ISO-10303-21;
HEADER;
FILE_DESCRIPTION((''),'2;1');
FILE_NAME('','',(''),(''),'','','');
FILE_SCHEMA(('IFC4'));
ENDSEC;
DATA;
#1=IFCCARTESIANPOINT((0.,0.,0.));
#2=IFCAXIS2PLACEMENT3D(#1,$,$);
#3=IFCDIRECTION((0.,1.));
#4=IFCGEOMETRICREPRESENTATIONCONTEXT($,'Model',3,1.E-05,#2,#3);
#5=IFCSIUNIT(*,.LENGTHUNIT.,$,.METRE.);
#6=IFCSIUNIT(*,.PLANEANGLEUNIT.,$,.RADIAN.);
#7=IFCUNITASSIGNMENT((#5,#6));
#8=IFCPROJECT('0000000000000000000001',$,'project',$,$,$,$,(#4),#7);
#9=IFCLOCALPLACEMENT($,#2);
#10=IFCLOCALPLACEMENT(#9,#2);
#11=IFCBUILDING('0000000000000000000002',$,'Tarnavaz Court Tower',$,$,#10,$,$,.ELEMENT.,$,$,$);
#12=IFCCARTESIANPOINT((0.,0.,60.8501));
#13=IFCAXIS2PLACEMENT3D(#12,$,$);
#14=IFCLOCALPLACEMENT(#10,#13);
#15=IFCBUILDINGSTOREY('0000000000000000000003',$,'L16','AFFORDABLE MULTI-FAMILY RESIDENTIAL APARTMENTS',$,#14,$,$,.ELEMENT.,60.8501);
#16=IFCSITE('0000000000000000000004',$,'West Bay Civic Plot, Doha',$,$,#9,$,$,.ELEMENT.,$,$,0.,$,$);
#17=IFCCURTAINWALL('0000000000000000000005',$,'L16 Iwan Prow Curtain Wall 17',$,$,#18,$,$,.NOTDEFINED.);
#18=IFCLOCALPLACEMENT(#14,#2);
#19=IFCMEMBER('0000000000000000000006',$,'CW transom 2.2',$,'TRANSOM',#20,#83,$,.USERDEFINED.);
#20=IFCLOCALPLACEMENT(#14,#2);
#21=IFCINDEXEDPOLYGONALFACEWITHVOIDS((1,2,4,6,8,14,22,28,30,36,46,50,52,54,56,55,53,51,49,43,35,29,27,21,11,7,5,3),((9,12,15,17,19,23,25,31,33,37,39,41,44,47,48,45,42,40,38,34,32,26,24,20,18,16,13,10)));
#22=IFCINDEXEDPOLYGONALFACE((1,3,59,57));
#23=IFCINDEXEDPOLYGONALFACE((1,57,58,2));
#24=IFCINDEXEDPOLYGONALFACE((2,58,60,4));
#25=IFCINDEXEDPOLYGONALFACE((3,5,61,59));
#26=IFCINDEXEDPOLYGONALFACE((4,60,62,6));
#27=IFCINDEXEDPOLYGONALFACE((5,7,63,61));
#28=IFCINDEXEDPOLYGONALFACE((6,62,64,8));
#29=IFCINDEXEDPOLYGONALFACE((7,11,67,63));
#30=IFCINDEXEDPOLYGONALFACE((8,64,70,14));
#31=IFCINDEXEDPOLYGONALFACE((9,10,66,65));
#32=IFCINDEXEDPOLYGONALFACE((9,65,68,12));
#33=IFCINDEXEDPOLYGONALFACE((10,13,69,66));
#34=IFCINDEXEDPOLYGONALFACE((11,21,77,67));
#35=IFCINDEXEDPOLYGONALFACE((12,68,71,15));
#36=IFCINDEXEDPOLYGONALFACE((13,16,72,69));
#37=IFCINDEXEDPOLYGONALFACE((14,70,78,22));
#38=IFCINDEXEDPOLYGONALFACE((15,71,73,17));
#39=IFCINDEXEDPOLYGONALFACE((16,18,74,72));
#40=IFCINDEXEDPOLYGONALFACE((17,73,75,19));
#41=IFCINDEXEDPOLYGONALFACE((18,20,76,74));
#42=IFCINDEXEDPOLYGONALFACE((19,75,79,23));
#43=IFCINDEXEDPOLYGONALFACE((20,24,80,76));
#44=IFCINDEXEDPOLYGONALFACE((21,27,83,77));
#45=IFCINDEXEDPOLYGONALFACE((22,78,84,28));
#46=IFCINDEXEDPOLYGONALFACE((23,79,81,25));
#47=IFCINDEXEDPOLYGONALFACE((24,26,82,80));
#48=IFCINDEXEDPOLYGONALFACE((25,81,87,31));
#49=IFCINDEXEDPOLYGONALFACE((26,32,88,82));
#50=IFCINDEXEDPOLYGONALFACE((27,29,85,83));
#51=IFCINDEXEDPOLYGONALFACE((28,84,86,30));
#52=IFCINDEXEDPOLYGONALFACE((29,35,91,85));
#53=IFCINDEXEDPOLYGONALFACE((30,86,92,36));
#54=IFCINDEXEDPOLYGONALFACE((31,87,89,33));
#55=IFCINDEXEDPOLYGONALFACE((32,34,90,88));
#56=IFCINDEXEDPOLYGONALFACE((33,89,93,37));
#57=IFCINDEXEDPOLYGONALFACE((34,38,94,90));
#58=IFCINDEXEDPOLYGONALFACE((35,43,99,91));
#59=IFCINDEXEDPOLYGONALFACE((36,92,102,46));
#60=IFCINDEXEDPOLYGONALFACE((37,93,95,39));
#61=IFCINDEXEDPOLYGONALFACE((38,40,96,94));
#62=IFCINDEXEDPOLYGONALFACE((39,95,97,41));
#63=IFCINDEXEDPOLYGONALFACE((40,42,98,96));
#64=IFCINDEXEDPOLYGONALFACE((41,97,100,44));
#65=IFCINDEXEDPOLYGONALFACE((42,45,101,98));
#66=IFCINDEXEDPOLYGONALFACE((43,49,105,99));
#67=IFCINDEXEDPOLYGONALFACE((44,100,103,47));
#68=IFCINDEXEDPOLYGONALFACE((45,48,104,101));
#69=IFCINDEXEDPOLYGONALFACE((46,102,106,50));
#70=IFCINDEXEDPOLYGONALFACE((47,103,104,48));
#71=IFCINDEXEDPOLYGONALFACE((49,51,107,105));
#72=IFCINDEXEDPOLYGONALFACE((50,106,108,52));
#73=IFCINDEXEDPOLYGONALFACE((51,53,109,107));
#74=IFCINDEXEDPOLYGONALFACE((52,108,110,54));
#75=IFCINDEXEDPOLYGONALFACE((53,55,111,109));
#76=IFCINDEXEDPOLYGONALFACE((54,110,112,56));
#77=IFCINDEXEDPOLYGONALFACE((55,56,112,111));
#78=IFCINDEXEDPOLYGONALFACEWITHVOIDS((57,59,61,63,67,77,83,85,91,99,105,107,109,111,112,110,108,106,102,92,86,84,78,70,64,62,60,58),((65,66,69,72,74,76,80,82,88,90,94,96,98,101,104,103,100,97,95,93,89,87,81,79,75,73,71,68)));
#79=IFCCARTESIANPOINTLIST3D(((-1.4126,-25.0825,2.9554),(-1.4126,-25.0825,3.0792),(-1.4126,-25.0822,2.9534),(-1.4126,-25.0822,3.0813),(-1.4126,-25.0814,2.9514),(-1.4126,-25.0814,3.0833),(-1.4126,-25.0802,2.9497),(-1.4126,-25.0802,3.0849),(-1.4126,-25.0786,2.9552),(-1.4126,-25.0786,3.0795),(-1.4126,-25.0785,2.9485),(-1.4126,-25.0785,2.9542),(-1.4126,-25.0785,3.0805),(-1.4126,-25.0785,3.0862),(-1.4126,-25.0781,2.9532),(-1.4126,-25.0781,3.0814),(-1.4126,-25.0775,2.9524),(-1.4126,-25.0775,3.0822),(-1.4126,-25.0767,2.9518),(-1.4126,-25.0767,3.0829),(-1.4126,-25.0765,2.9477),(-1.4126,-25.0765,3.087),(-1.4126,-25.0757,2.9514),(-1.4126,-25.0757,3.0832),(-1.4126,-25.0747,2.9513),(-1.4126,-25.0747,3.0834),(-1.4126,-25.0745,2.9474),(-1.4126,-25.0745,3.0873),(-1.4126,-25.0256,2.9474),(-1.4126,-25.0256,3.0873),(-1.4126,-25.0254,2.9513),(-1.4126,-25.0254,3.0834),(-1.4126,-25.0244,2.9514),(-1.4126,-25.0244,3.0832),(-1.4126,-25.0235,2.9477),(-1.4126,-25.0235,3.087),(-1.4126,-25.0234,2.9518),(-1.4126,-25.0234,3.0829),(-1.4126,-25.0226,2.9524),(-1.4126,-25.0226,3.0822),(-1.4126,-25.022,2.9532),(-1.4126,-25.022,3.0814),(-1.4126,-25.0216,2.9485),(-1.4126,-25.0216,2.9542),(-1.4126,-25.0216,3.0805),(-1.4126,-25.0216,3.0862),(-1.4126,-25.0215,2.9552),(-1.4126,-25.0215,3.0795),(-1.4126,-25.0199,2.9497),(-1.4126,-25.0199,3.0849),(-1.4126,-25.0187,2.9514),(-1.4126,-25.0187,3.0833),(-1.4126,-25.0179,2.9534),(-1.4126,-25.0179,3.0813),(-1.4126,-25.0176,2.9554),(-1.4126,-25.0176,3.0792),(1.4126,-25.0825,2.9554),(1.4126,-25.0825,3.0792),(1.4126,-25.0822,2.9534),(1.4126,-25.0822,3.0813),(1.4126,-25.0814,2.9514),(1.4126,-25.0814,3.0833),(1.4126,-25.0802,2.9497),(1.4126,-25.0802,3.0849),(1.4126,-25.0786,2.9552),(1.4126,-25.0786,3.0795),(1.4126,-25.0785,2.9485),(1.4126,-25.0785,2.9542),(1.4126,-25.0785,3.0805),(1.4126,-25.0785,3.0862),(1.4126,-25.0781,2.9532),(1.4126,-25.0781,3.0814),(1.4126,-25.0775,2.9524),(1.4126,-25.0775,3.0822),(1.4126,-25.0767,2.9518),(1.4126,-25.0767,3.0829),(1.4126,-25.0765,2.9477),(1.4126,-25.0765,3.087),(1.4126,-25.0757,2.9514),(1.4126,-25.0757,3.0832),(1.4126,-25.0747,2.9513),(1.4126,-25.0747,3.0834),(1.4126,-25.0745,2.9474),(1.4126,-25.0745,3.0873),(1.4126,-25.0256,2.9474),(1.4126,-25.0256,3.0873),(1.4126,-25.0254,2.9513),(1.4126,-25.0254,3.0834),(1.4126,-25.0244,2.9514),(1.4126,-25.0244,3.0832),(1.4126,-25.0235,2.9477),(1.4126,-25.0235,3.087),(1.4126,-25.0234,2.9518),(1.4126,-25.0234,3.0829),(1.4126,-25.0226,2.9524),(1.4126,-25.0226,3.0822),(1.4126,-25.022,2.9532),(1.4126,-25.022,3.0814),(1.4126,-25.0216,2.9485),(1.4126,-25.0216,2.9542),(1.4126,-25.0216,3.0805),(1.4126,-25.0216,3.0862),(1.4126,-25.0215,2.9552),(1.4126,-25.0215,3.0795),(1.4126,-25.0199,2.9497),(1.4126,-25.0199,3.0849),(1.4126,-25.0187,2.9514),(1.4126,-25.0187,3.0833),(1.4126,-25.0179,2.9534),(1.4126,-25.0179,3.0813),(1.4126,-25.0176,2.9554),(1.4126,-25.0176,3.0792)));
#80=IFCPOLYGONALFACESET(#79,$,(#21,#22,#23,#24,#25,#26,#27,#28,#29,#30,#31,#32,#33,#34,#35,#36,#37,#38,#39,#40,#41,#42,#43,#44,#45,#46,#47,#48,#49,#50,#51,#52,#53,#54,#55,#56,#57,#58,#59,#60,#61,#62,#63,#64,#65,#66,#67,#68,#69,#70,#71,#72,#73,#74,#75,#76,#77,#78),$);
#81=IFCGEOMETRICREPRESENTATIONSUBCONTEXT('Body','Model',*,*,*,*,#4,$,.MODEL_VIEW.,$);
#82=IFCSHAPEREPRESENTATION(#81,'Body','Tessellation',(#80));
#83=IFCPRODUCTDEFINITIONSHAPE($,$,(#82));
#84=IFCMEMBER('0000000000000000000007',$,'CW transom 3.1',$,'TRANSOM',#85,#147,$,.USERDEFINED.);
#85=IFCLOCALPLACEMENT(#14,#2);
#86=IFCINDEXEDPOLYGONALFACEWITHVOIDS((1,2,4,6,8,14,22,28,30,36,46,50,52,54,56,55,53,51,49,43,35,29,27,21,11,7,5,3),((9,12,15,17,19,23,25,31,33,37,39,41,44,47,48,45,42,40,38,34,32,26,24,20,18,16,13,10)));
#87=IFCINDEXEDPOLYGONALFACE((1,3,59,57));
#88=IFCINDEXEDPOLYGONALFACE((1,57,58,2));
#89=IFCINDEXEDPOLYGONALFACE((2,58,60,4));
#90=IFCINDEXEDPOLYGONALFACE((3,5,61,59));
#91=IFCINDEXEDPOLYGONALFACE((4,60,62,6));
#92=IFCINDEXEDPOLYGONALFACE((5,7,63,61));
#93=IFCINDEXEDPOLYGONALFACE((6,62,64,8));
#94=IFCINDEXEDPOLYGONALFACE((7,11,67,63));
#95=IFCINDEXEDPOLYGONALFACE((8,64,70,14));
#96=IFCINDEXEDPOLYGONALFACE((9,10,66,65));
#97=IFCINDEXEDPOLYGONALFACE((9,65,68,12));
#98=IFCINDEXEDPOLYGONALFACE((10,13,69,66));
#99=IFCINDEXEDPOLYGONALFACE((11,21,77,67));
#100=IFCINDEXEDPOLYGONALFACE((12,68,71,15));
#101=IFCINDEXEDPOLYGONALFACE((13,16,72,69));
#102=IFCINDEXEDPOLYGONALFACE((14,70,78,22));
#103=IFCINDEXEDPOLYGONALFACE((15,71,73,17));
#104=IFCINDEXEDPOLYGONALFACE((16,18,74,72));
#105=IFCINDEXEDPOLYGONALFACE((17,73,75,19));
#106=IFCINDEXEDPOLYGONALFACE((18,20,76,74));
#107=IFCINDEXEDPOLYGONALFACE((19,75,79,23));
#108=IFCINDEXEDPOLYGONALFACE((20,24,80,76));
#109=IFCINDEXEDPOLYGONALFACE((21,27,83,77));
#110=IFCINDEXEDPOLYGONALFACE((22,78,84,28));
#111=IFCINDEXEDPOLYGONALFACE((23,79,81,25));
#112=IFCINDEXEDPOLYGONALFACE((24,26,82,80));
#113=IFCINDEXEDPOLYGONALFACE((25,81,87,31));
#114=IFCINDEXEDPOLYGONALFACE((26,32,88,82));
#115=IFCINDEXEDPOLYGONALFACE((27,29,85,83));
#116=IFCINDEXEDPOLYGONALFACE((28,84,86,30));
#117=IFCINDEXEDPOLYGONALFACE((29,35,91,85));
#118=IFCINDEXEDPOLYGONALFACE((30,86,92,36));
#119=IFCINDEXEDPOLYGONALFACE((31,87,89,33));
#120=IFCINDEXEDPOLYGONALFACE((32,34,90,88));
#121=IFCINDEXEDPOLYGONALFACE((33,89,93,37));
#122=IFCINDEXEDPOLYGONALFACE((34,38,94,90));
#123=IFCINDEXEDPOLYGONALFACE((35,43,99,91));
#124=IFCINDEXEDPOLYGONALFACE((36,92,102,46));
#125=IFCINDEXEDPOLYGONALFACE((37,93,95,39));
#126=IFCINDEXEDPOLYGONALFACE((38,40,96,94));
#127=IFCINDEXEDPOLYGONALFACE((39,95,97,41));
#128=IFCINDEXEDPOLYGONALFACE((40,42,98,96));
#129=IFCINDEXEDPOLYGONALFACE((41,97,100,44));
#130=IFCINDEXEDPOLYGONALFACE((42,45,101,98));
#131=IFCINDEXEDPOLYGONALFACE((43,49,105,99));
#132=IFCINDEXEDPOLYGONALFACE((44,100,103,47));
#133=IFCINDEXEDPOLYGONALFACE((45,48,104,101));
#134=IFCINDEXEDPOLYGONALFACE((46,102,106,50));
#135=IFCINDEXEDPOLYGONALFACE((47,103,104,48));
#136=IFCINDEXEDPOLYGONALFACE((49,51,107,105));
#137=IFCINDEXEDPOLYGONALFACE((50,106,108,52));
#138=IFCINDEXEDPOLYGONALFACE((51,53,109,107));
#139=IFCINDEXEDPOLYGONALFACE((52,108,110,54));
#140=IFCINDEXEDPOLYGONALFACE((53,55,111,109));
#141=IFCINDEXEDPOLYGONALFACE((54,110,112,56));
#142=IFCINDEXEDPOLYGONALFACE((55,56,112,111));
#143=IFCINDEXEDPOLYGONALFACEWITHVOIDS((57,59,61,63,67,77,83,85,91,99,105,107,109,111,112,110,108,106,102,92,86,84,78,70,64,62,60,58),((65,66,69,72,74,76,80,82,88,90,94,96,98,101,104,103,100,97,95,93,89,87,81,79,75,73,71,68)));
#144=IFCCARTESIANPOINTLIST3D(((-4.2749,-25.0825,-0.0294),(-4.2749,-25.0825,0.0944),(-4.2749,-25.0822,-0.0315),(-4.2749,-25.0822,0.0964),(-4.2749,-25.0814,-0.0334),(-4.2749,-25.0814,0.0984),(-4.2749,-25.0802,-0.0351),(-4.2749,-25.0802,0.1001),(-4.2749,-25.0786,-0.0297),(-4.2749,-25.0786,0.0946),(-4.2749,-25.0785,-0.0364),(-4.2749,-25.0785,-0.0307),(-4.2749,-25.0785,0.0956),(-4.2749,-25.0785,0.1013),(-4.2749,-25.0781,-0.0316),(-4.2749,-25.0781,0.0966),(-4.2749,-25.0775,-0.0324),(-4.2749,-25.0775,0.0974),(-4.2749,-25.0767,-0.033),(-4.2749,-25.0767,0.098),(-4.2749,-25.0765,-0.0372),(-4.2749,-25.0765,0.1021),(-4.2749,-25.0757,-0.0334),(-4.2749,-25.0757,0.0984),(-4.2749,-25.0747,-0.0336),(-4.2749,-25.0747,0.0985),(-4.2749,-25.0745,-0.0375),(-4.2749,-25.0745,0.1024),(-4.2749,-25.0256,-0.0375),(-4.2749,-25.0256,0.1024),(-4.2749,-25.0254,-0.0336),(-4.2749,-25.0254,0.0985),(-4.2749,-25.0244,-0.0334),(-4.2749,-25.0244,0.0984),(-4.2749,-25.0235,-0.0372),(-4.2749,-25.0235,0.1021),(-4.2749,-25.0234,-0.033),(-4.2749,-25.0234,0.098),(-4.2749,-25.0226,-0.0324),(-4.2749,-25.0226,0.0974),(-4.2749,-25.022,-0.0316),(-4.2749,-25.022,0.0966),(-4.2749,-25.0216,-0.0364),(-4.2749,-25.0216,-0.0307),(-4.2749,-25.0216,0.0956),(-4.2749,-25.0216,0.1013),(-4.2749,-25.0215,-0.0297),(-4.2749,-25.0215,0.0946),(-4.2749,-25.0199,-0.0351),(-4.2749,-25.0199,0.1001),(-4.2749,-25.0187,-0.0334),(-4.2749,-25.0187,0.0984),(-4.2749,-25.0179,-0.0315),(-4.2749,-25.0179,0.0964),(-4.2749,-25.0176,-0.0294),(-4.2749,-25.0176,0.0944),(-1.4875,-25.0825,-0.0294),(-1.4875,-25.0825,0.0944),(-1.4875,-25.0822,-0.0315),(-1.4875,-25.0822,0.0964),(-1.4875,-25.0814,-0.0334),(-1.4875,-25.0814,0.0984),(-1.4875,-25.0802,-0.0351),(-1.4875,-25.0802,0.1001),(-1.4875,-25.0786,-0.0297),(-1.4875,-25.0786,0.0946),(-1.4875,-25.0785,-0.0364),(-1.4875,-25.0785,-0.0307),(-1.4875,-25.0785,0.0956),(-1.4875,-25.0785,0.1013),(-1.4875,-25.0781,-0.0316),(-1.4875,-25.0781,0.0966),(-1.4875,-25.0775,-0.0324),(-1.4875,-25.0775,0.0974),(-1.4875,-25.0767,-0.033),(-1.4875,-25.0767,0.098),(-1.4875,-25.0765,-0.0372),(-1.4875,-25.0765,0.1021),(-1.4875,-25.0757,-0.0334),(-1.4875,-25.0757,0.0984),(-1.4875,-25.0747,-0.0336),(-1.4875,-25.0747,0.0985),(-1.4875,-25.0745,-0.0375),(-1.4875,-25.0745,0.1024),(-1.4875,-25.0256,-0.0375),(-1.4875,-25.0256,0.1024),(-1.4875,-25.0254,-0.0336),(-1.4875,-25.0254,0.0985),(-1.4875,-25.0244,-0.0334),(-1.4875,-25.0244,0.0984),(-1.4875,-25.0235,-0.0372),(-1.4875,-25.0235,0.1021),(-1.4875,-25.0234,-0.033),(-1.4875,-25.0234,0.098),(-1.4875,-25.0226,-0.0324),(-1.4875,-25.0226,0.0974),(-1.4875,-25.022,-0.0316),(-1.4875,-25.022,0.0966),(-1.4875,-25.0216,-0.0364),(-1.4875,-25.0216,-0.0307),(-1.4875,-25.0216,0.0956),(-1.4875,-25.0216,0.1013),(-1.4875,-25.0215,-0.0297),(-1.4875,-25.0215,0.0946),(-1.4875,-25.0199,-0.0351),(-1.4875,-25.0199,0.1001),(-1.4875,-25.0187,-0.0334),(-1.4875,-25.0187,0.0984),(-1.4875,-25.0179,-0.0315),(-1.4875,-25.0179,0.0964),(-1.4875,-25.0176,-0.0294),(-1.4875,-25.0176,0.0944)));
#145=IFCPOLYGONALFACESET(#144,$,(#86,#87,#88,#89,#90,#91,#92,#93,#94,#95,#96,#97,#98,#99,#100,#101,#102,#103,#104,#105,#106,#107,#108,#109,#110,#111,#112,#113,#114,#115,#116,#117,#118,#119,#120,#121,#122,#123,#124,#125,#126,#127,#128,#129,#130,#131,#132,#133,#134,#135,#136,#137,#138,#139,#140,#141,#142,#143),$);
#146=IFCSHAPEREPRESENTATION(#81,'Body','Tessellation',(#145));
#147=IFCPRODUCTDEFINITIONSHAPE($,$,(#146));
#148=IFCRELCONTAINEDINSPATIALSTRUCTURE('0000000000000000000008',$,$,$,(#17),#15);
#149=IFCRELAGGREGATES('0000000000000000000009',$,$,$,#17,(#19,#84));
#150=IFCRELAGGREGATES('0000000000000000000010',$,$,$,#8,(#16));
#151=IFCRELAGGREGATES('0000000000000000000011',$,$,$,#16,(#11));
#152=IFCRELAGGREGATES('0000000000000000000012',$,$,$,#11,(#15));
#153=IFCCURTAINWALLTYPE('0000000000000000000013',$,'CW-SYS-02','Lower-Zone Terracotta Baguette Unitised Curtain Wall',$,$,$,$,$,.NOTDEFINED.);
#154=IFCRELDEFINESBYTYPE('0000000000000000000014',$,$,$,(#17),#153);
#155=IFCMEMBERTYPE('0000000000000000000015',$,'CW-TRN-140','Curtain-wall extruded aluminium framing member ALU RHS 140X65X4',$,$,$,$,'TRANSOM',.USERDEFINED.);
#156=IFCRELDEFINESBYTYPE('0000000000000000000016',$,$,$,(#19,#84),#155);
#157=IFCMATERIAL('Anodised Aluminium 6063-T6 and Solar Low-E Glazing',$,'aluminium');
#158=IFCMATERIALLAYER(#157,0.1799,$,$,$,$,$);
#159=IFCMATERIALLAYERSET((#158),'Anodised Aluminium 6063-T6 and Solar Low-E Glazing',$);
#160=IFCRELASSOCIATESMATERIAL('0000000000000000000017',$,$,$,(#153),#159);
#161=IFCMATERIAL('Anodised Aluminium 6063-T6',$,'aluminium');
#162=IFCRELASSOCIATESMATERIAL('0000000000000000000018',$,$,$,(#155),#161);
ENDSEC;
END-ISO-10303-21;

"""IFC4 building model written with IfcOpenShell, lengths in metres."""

from ifc_helpers import new_model, si_unit, direction, frame, origin, origin_2d, place, context, subcontext, project, spatial, hollow_rectangle, extrude, material, layer, layer_set, material_profile, profile_set, type_object, element, aggregate, save


model = new_model("IFC4")

# Units and contexts
model_context = context("Model", 3, precision=1e-05, world=origin(), true_north=direction((0.0, 1.0)))
body_context = subcontext(model_context, "Body", "Model", "MODEL_VIEW")
ifc_project = project(units=[si_unit("LENGTHUNIT", "METRE"), si_unit("PLANEANGLEUNIT", "RADIAN")], contexts=[model_context])

# Site, building, storey
site_placement = place(None, origin())
site = spatial("IfcSite", under=ifc_project, at=site_placement, Name="West Bay Civic Plot, Doha", CompositionType="ELEMENT", RefElevation=0.0)
building_placement = place(site_placement, origin())
building = spatial("IfcBuilding", under=site, at=building_placement, Name="Tarnavaz Court Tower", CompositionType="ELEMENT")
storey_placement = place(building_placement, frame((0.0, 0.0, 60.8501)))
storey = spatial("IfcBuildingStorey", under=building, at=storey_placement, Name="L16", Description="AFFORDABLE MULTI-FAMILY RESIDENTIAL APARTMENTS", CompositionType="ELEMENT", Elevation=60.8501)

# Curtain wall, members
ifc_material_1 = material(Name="Anodised Aluminium 6063-T6 and Solar Low-E Glazing", Category="aluminium")
ifc_layer_1 = layer(ifc_material_1, 0.1799)
ifc_layer_set_1 = layer_set([ifc_layer_1], Name="Anodised Aluminium 6063-T6 and Solar Low-E Glazing")
curtain_wall_type = type_object("IfcCurtainWallType", Name="CW-SYS-02", Description="Lower-Zone Terracotta Baguette Unitised Curtain Wall", PredefinedType="NOTDEFINED", material=ifc_layer_set_1)
curtain_wall_placement = place(storey_placement, origin())
curtain_wall = element("IfcCurtainWall", 1, at=curtain_wall_placement, inside=storey, type_object=curtain_wall_type, Name="L16 Iwan Prow Curtain Wall 17", PredefinedType="NOTDEFINED")
ifc_material_2 = material(Name="Anodised Aluminium 6063-T6", Category="aluminium")
ifc_material_profile_1 = material_profile(ifc_material_2, hollow_rectangle(XDim=0.0649, YDim=0.1399, WallThickness=0.0039, InnerFilletRadius=0.0039, OuterFilletRadius=0.0081, at=origin_2d()), Name="ALU RHS 140X65X4")
ifc_profile_set_1 = profile_set([ifc_material_profile_1], Name="Anodised Aluminium 6063-T6")
member_type_1 = type_object("IfcMemberType", Name="CW-TRN-140", Description="Curtain-wall extruded aluminium framing member ALU RHS 140X65X4", ElementType="TRANSOM", PredefinedType="USERDEFINED", material=ifc_profile_set_1)
member_1_placement = place(storey_placement, frame((1.4126, -25.05, 3.0173), z_axis=(-1.0, 0.0, 0.0), x_axis=(0.0, -1.0, 0.0)))
member_1 = element("IfcMember", 2, at=member_1_placement, type_object=member_type_1, Name="CW transom 2.2", ObjectType="TRANSOM", PredefinedType="USERDEFINED", context=body_context, shape_type="SweptSolid", body=[
    extrude(hollow_rectangle(XDim=0.0649, YDim=0.1399, WallThickness=0.0039, InnerFilletRadius=0.0039, OuterFilletRadius=0.0081, at=origin_2d()), origin(), (0.0, 0.0, 1.0), 2.8252),
])
member_2_placement = place(storey_placement, frame((-1.4875, -25.05, 0.0325), z_axis=(-1.0, 0.0, 0.0), x_axis=(0.0, -1.0, 0.0)))
member_2 = element("IfcMember", 3, at=member_2_placement, type_object=member_type_1, Name="CW transom 3.1", ObjectType="TRANSOM", PredefinedType="USERDEFINED", context=body_context, shape_type="SweptSolid", body=[
    extrude(hollow_rectangle(XDim=0.0649, YDim=0.1399, WallThickness=0.0039, InnerFilletRadius=0.0039, OuterFilletRadius=0.0081, at=origin_2d()), origin(), (0.0, 0.0, 1.0), 2.7874),
])
aggregate(curtain_wall, [member_1, member_2])

save(model, "model.ifc")
